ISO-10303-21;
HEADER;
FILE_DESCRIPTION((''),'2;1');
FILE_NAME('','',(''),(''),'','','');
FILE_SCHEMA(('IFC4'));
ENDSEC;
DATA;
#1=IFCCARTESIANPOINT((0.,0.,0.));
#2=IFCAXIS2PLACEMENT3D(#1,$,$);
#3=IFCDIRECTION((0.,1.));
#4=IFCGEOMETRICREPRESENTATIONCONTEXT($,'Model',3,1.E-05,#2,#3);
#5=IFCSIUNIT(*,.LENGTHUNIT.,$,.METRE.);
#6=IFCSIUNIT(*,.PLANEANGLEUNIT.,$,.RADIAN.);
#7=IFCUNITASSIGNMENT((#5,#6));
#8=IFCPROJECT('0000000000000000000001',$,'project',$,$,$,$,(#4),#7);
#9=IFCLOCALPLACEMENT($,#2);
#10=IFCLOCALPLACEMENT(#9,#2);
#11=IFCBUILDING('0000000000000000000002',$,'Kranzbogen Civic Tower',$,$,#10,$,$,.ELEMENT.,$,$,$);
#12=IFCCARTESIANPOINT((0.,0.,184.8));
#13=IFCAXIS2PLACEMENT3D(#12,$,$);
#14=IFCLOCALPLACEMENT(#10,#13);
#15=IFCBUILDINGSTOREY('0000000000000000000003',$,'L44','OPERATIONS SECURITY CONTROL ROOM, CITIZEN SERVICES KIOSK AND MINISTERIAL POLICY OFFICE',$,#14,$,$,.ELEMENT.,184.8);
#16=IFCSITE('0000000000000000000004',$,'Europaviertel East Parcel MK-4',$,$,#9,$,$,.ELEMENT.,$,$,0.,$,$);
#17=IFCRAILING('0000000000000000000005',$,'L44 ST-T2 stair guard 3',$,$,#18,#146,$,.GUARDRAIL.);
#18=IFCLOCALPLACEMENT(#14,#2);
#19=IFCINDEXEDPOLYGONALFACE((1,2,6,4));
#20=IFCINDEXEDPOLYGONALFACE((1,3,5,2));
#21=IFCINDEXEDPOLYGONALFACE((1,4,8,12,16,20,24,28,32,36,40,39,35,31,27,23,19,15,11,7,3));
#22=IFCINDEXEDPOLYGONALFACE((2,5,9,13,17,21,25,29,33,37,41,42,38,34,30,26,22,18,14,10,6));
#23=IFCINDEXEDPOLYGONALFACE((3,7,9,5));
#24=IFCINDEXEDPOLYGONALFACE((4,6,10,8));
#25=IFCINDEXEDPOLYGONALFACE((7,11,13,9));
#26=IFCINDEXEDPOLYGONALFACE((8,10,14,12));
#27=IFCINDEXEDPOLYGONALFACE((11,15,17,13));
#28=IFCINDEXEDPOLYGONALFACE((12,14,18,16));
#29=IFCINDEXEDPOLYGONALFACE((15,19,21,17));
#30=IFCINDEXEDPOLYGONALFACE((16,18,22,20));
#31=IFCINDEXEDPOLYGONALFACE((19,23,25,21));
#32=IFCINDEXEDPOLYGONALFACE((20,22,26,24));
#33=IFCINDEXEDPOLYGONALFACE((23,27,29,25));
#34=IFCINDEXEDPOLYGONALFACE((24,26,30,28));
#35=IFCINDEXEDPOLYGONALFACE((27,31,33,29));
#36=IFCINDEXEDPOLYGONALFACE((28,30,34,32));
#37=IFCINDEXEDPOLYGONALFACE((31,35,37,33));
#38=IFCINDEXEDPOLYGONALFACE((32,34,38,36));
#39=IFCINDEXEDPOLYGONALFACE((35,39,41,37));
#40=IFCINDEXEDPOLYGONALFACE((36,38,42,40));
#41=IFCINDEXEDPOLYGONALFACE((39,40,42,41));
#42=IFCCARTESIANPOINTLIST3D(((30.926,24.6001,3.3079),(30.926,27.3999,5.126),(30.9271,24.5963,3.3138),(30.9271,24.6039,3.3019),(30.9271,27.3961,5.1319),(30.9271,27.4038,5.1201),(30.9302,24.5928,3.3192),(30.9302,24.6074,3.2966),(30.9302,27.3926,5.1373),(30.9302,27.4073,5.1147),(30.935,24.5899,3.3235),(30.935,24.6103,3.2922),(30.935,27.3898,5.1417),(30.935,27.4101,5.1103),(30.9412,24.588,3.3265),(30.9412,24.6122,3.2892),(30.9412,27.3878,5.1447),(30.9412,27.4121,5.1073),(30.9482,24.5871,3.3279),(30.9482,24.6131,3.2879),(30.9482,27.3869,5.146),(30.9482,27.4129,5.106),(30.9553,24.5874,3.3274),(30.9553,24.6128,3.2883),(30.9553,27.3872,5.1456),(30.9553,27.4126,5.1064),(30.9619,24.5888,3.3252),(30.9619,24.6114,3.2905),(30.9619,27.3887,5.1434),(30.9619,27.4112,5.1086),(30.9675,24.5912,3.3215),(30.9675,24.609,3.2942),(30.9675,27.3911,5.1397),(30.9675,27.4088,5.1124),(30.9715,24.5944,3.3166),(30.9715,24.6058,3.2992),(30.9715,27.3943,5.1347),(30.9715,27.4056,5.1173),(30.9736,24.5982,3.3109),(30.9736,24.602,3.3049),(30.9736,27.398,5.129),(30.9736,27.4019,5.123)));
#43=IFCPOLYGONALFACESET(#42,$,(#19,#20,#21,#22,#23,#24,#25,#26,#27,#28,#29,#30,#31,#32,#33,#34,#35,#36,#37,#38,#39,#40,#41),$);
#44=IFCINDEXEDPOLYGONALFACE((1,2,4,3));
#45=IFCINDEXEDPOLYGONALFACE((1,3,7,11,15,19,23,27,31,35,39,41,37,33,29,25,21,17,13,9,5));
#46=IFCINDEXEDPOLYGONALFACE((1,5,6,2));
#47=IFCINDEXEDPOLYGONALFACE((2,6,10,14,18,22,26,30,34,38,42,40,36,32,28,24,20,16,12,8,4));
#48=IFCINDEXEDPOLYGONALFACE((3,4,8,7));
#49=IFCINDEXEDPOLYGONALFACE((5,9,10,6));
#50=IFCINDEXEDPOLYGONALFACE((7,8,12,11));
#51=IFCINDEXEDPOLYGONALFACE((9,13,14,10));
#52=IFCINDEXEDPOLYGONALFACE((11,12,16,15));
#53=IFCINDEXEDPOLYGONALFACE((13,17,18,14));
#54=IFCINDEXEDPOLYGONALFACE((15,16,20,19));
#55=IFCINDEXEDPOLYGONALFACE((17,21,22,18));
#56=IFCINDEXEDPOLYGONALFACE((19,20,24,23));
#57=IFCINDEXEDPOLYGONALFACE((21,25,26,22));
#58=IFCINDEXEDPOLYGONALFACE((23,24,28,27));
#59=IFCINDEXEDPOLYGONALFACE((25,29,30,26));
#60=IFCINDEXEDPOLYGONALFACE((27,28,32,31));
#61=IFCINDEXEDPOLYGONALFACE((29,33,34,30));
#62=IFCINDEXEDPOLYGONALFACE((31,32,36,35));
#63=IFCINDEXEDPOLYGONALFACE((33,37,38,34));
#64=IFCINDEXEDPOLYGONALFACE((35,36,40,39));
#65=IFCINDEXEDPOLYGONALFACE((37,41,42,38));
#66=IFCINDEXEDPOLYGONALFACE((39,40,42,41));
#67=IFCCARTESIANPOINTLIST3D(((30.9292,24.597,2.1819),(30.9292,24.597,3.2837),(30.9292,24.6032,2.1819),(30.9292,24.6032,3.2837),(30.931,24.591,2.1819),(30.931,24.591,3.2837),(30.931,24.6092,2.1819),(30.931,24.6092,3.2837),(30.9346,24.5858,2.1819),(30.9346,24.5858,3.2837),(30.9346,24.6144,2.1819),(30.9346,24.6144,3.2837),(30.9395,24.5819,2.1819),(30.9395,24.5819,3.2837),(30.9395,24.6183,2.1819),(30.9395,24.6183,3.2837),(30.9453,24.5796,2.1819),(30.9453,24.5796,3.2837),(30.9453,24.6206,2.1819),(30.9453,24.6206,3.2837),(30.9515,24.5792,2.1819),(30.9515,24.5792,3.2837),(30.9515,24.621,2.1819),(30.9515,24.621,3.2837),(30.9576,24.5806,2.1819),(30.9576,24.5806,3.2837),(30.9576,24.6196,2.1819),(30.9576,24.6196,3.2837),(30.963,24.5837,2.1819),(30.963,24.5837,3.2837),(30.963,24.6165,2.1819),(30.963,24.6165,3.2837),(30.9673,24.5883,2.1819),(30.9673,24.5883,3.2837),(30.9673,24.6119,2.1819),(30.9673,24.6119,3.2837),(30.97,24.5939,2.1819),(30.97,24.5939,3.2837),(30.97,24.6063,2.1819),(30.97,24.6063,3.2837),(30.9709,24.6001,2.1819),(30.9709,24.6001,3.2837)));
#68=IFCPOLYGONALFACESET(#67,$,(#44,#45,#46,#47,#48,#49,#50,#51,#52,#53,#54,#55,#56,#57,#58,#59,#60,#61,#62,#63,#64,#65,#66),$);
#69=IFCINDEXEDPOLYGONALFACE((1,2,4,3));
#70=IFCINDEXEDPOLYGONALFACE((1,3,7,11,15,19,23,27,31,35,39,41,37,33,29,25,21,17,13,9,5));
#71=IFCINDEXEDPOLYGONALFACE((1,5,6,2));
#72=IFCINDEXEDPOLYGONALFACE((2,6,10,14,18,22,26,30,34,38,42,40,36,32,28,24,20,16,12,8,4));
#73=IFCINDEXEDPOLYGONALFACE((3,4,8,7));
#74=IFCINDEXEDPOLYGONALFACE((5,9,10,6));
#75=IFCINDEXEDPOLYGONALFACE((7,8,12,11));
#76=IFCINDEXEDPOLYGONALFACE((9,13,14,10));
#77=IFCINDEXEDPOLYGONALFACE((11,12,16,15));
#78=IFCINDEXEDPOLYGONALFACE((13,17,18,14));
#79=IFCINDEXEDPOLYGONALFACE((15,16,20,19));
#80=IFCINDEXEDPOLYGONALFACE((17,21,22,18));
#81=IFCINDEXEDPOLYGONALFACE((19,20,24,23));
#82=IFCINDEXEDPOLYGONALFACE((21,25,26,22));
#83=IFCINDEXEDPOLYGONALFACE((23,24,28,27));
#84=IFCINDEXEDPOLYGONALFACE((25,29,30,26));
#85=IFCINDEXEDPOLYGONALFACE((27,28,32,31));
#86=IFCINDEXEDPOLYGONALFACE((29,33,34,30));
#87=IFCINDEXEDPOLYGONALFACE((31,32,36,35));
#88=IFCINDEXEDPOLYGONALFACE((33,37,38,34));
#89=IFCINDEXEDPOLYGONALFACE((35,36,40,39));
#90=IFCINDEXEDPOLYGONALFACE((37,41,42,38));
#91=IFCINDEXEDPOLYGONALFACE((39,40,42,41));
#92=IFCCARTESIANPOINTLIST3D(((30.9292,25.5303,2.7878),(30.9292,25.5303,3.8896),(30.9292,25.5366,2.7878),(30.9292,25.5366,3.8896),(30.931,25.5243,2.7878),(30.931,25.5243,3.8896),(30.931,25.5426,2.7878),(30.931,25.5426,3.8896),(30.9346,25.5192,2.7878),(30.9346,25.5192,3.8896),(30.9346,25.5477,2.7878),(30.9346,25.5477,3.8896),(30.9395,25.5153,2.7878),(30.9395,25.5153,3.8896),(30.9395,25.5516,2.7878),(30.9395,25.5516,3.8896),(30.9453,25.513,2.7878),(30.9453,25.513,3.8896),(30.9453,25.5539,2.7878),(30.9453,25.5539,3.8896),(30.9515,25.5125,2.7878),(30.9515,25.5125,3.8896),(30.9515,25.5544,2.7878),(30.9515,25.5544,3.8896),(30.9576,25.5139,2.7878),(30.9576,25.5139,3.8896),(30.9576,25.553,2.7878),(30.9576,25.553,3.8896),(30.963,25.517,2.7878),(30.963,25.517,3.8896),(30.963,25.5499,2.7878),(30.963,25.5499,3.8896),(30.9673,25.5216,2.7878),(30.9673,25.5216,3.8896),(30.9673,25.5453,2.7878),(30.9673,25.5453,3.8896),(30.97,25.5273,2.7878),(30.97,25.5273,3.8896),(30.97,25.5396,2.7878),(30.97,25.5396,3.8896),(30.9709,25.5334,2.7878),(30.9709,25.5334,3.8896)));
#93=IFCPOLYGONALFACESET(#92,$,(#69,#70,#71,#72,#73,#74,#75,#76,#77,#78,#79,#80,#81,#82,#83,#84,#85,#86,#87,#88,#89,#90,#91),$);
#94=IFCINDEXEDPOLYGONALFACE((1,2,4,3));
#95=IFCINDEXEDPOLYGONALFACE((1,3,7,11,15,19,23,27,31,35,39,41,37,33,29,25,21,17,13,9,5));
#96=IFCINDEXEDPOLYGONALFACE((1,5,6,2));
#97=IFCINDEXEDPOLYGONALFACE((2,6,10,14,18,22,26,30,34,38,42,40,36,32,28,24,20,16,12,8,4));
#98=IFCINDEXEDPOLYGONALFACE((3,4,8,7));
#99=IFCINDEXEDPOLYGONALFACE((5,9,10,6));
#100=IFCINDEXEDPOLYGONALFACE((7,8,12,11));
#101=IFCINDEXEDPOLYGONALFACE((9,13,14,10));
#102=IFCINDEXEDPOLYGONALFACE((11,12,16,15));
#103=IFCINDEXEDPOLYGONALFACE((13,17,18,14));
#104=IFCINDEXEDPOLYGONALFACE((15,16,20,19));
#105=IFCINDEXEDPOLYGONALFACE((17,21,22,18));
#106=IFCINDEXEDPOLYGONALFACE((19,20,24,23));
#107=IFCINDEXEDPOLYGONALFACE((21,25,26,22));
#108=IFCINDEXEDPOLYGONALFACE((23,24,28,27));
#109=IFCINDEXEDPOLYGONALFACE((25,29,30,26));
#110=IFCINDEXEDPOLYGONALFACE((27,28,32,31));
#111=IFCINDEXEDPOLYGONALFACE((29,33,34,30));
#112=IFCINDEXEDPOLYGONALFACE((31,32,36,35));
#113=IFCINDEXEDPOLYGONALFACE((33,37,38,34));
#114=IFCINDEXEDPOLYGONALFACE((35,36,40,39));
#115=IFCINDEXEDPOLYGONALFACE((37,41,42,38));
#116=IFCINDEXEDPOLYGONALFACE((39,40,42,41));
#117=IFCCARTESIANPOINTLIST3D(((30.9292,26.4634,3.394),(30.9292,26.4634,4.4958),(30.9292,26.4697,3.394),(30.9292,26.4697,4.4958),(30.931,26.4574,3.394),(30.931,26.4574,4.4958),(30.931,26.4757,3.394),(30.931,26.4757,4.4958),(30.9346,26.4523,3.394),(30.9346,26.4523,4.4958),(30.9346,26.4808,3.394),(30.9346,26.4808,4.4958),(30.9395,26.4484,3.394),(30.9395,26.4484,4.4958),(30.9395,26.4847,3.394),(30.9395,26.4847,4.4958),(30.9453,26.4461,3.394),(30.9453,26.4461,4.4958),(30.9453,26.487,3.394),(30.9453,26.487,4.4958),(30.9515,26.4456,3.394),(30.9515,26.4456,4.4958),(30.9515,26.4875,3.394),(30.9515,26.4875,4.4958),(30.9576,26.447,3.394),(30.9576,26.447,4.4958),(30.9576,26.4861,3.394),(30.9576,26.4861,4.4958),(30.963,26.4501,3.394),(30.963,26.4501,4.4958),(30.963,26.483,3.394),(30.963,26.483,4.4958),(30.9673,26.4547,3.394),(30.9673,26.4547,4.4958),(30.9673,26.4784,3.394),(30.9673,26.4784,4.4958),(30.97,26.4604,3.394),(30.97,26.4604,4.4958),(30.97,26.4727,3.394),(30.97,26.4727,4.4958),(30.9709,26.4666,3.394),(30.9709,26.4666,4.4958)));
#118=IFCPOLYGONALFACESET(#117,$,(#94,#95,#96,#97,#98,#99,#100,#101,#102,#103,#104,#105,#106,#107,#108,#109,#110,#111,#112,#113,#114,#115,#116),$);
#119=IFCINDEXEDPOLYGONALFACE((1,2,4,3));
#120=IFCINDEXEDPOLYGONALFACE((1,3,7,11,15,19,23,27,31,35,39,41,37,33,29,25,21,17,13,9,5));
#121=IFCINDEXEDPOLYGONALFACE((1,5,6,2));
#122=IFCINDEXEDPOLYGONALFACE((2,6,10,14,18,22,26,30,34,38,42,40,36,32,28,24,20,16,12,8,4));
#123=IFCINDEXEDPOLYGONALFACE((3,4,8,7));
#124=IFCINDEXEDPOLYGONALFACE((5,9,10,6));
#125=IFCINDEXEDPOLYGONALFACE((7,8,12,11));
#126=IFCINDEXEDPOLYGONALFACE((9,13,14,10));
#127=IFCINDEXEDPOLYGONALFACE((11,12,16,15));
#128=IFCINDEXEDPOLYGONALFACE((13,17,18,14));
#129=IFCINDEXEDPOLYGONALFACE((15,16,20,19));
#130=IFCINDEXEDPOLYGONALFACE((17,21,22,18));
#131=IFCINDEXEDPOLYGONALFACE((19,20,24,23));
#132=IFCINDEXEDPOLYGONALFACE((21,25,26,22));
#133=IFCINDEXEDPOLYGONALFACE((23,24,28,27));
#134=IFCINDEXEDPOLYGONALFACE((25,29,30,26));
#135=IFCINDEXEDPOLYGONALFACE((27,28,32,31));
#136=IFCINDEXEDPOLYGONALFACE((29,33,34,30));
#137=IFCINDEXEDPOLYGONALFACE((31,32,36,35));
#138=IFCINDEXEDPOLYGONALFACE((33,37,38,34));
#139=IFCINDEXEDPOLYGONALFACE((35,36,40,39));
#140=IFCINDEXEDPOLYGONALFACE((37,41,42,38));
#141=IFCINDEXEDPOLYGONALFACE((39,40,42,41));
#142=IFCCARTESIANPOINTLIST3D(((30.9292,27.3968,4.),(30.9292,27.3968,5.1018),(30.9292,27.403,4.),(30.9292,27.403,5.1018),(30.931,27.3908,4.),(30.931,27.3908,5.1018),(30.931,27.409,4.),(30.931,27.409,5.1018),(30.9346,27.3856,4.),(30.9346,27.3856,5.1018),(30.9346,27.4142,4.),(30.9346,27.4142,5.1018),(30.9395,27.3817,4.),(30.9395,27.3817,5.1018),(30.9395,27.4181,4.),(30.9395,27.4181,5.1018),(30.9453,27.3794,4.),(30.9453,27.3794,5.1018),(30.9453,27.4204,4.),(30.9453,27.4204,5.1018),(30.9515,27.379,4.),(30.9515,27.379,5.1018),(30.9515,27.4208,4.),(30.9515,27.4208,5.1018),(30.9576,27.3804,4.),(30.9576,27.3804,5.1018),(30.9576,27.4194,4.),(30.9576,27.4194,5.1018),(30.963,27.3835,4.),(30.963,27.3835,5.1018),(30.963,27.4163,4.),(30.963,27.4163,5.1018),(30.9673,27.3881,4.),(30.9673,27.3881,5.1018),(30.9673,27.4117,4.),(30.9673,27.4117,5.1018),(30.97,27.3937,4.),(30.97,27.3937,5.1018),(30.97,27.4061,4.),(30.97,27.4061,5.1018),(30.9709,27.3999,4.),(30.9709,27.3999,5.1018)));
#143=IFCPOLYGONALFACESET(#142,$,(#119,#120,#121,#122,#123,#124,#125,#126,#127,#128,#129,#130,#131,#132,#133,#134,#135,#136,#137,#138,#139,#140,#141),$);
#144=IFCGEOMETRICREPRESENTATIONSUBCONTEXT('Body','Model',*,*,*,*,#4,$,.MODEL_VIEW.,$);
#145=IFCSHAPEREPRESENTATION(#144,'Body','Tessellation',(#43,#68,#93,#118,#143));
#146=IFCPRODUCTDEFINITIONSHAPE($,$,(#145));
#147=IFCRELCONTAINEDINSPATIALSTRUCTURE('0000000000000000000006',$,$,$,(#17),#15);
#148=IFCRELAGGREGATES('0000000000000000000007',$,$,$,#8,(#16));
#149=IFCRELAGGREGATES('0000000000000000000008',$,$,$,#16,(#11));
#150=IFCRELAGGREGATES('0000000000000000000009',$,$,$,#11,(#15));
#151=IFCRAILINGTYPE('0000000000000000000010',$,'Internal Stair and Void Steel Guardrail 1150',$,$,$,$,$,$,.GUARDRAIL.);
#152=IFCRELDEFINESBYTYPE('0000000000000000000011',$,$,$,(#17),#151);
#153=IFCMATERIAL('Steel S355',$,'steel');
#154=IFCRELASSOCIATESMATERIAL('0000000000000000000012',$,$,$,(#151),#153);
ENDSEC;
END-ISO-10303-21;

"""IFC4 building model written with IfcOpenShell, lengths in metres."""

from ifc_helpers import new_model, si_unit, direction, frame, origin, origin_2d, place, context, subcontext, project, spatial, circle, extrude, material, type_object, element, save


model = new_model("IFC4")

# Units and contexts
model_context = context("Model", 3, precision=1e-05, world=origin(), true_north=direction((0.0, 1.0)))
body_context = subcontext(model_context, "Body", "Model", "MODEL_VIEW")
ifc_project = project(units=[si_unit("LENGTHUNIT", "METRE"), si_unit("PLANEANGLEUNIT", "RADIAN")], contexts=[model_context])

# Site, building, storey
site_placement = place(None, origin())
site = spatial("IfcSite", under=ifc_project, at=site_placement, Name="Europaviertel East Parcel MK-4", CompositionType="ELEMENT", RefElevation=0.0)
building_placement = place(site_placement, origin())
building = spatial("IfcBuilding", under=site, at=building_placement, Name="Kranzbogen Civic Tower", CompositionType="ELEMENT")
storey_placement = place(building_placement, frame((0.0, 0.0, 184.8)))
storey = spatial("IfcBuildingStorey", under=building, at=storey_placement, Name="L44", Description="OPERATIONS SECURITY CONTROL ROOM, CITIZEN SERVICES KIOSK AND MINISTERIAL POLICY OFFICE", CompositionType="ELEMENT", Elevation=184.8)

# Shared definitions
ifc_material_1 = material(Name="Steel S355", Category="steel")

# Railing
railing_type_1 = type_object("IfcRailingType", Name="Internal Stair and Void Steel Guardrail 1150", PredefinedType="GUARDRAIL", material=ifc_material_1)
railing_1_placement = place(storey_placement, frame((30.95, 24.6001, 2.1819)))
element("IfcRailing", 1, at=railing_1_placement, inside=storey, type_object=railing_type_1, Name="L44 ST-T2 stair guard 3", PredefinedType="GUARDRAIL", context=body_context, shape_type="SweptSolid", body=[
    extrude(circle(Radius=0.0239, at=origin_2d()), frame((0.0, 0.0, 1.126), z_axis=(0.0, 0.838684, 0.544618), x_axis=(-1.0, 0.0, 0.0)), (0.0, 0.0, 1.0), 3.3384),
    extrude(circle(Radius=0.021, at=origin_2d()), origin(), (0.0, 0.0, 1.0), 1.1018),
    extrude(circle(Radius=0.021, at=origin_2d()), frame((0.0, 0.9333, 0.606)), (0.0, 0.0, 1.0), 1.1018),
    extrude(circle(Radius=0.021, at=origin_2d()), frame((0.0, 1.8665, 1.2122)), (0.0, 0.0, 1.0), 1.1018),
    extrude(circle(Radius=0.021, at=origin_2d()), frame((0.0, 2.7998, 1.8181)), (0.0, 0.0, 1.0), 1.1018),
])

save(model, "model.ifc")
